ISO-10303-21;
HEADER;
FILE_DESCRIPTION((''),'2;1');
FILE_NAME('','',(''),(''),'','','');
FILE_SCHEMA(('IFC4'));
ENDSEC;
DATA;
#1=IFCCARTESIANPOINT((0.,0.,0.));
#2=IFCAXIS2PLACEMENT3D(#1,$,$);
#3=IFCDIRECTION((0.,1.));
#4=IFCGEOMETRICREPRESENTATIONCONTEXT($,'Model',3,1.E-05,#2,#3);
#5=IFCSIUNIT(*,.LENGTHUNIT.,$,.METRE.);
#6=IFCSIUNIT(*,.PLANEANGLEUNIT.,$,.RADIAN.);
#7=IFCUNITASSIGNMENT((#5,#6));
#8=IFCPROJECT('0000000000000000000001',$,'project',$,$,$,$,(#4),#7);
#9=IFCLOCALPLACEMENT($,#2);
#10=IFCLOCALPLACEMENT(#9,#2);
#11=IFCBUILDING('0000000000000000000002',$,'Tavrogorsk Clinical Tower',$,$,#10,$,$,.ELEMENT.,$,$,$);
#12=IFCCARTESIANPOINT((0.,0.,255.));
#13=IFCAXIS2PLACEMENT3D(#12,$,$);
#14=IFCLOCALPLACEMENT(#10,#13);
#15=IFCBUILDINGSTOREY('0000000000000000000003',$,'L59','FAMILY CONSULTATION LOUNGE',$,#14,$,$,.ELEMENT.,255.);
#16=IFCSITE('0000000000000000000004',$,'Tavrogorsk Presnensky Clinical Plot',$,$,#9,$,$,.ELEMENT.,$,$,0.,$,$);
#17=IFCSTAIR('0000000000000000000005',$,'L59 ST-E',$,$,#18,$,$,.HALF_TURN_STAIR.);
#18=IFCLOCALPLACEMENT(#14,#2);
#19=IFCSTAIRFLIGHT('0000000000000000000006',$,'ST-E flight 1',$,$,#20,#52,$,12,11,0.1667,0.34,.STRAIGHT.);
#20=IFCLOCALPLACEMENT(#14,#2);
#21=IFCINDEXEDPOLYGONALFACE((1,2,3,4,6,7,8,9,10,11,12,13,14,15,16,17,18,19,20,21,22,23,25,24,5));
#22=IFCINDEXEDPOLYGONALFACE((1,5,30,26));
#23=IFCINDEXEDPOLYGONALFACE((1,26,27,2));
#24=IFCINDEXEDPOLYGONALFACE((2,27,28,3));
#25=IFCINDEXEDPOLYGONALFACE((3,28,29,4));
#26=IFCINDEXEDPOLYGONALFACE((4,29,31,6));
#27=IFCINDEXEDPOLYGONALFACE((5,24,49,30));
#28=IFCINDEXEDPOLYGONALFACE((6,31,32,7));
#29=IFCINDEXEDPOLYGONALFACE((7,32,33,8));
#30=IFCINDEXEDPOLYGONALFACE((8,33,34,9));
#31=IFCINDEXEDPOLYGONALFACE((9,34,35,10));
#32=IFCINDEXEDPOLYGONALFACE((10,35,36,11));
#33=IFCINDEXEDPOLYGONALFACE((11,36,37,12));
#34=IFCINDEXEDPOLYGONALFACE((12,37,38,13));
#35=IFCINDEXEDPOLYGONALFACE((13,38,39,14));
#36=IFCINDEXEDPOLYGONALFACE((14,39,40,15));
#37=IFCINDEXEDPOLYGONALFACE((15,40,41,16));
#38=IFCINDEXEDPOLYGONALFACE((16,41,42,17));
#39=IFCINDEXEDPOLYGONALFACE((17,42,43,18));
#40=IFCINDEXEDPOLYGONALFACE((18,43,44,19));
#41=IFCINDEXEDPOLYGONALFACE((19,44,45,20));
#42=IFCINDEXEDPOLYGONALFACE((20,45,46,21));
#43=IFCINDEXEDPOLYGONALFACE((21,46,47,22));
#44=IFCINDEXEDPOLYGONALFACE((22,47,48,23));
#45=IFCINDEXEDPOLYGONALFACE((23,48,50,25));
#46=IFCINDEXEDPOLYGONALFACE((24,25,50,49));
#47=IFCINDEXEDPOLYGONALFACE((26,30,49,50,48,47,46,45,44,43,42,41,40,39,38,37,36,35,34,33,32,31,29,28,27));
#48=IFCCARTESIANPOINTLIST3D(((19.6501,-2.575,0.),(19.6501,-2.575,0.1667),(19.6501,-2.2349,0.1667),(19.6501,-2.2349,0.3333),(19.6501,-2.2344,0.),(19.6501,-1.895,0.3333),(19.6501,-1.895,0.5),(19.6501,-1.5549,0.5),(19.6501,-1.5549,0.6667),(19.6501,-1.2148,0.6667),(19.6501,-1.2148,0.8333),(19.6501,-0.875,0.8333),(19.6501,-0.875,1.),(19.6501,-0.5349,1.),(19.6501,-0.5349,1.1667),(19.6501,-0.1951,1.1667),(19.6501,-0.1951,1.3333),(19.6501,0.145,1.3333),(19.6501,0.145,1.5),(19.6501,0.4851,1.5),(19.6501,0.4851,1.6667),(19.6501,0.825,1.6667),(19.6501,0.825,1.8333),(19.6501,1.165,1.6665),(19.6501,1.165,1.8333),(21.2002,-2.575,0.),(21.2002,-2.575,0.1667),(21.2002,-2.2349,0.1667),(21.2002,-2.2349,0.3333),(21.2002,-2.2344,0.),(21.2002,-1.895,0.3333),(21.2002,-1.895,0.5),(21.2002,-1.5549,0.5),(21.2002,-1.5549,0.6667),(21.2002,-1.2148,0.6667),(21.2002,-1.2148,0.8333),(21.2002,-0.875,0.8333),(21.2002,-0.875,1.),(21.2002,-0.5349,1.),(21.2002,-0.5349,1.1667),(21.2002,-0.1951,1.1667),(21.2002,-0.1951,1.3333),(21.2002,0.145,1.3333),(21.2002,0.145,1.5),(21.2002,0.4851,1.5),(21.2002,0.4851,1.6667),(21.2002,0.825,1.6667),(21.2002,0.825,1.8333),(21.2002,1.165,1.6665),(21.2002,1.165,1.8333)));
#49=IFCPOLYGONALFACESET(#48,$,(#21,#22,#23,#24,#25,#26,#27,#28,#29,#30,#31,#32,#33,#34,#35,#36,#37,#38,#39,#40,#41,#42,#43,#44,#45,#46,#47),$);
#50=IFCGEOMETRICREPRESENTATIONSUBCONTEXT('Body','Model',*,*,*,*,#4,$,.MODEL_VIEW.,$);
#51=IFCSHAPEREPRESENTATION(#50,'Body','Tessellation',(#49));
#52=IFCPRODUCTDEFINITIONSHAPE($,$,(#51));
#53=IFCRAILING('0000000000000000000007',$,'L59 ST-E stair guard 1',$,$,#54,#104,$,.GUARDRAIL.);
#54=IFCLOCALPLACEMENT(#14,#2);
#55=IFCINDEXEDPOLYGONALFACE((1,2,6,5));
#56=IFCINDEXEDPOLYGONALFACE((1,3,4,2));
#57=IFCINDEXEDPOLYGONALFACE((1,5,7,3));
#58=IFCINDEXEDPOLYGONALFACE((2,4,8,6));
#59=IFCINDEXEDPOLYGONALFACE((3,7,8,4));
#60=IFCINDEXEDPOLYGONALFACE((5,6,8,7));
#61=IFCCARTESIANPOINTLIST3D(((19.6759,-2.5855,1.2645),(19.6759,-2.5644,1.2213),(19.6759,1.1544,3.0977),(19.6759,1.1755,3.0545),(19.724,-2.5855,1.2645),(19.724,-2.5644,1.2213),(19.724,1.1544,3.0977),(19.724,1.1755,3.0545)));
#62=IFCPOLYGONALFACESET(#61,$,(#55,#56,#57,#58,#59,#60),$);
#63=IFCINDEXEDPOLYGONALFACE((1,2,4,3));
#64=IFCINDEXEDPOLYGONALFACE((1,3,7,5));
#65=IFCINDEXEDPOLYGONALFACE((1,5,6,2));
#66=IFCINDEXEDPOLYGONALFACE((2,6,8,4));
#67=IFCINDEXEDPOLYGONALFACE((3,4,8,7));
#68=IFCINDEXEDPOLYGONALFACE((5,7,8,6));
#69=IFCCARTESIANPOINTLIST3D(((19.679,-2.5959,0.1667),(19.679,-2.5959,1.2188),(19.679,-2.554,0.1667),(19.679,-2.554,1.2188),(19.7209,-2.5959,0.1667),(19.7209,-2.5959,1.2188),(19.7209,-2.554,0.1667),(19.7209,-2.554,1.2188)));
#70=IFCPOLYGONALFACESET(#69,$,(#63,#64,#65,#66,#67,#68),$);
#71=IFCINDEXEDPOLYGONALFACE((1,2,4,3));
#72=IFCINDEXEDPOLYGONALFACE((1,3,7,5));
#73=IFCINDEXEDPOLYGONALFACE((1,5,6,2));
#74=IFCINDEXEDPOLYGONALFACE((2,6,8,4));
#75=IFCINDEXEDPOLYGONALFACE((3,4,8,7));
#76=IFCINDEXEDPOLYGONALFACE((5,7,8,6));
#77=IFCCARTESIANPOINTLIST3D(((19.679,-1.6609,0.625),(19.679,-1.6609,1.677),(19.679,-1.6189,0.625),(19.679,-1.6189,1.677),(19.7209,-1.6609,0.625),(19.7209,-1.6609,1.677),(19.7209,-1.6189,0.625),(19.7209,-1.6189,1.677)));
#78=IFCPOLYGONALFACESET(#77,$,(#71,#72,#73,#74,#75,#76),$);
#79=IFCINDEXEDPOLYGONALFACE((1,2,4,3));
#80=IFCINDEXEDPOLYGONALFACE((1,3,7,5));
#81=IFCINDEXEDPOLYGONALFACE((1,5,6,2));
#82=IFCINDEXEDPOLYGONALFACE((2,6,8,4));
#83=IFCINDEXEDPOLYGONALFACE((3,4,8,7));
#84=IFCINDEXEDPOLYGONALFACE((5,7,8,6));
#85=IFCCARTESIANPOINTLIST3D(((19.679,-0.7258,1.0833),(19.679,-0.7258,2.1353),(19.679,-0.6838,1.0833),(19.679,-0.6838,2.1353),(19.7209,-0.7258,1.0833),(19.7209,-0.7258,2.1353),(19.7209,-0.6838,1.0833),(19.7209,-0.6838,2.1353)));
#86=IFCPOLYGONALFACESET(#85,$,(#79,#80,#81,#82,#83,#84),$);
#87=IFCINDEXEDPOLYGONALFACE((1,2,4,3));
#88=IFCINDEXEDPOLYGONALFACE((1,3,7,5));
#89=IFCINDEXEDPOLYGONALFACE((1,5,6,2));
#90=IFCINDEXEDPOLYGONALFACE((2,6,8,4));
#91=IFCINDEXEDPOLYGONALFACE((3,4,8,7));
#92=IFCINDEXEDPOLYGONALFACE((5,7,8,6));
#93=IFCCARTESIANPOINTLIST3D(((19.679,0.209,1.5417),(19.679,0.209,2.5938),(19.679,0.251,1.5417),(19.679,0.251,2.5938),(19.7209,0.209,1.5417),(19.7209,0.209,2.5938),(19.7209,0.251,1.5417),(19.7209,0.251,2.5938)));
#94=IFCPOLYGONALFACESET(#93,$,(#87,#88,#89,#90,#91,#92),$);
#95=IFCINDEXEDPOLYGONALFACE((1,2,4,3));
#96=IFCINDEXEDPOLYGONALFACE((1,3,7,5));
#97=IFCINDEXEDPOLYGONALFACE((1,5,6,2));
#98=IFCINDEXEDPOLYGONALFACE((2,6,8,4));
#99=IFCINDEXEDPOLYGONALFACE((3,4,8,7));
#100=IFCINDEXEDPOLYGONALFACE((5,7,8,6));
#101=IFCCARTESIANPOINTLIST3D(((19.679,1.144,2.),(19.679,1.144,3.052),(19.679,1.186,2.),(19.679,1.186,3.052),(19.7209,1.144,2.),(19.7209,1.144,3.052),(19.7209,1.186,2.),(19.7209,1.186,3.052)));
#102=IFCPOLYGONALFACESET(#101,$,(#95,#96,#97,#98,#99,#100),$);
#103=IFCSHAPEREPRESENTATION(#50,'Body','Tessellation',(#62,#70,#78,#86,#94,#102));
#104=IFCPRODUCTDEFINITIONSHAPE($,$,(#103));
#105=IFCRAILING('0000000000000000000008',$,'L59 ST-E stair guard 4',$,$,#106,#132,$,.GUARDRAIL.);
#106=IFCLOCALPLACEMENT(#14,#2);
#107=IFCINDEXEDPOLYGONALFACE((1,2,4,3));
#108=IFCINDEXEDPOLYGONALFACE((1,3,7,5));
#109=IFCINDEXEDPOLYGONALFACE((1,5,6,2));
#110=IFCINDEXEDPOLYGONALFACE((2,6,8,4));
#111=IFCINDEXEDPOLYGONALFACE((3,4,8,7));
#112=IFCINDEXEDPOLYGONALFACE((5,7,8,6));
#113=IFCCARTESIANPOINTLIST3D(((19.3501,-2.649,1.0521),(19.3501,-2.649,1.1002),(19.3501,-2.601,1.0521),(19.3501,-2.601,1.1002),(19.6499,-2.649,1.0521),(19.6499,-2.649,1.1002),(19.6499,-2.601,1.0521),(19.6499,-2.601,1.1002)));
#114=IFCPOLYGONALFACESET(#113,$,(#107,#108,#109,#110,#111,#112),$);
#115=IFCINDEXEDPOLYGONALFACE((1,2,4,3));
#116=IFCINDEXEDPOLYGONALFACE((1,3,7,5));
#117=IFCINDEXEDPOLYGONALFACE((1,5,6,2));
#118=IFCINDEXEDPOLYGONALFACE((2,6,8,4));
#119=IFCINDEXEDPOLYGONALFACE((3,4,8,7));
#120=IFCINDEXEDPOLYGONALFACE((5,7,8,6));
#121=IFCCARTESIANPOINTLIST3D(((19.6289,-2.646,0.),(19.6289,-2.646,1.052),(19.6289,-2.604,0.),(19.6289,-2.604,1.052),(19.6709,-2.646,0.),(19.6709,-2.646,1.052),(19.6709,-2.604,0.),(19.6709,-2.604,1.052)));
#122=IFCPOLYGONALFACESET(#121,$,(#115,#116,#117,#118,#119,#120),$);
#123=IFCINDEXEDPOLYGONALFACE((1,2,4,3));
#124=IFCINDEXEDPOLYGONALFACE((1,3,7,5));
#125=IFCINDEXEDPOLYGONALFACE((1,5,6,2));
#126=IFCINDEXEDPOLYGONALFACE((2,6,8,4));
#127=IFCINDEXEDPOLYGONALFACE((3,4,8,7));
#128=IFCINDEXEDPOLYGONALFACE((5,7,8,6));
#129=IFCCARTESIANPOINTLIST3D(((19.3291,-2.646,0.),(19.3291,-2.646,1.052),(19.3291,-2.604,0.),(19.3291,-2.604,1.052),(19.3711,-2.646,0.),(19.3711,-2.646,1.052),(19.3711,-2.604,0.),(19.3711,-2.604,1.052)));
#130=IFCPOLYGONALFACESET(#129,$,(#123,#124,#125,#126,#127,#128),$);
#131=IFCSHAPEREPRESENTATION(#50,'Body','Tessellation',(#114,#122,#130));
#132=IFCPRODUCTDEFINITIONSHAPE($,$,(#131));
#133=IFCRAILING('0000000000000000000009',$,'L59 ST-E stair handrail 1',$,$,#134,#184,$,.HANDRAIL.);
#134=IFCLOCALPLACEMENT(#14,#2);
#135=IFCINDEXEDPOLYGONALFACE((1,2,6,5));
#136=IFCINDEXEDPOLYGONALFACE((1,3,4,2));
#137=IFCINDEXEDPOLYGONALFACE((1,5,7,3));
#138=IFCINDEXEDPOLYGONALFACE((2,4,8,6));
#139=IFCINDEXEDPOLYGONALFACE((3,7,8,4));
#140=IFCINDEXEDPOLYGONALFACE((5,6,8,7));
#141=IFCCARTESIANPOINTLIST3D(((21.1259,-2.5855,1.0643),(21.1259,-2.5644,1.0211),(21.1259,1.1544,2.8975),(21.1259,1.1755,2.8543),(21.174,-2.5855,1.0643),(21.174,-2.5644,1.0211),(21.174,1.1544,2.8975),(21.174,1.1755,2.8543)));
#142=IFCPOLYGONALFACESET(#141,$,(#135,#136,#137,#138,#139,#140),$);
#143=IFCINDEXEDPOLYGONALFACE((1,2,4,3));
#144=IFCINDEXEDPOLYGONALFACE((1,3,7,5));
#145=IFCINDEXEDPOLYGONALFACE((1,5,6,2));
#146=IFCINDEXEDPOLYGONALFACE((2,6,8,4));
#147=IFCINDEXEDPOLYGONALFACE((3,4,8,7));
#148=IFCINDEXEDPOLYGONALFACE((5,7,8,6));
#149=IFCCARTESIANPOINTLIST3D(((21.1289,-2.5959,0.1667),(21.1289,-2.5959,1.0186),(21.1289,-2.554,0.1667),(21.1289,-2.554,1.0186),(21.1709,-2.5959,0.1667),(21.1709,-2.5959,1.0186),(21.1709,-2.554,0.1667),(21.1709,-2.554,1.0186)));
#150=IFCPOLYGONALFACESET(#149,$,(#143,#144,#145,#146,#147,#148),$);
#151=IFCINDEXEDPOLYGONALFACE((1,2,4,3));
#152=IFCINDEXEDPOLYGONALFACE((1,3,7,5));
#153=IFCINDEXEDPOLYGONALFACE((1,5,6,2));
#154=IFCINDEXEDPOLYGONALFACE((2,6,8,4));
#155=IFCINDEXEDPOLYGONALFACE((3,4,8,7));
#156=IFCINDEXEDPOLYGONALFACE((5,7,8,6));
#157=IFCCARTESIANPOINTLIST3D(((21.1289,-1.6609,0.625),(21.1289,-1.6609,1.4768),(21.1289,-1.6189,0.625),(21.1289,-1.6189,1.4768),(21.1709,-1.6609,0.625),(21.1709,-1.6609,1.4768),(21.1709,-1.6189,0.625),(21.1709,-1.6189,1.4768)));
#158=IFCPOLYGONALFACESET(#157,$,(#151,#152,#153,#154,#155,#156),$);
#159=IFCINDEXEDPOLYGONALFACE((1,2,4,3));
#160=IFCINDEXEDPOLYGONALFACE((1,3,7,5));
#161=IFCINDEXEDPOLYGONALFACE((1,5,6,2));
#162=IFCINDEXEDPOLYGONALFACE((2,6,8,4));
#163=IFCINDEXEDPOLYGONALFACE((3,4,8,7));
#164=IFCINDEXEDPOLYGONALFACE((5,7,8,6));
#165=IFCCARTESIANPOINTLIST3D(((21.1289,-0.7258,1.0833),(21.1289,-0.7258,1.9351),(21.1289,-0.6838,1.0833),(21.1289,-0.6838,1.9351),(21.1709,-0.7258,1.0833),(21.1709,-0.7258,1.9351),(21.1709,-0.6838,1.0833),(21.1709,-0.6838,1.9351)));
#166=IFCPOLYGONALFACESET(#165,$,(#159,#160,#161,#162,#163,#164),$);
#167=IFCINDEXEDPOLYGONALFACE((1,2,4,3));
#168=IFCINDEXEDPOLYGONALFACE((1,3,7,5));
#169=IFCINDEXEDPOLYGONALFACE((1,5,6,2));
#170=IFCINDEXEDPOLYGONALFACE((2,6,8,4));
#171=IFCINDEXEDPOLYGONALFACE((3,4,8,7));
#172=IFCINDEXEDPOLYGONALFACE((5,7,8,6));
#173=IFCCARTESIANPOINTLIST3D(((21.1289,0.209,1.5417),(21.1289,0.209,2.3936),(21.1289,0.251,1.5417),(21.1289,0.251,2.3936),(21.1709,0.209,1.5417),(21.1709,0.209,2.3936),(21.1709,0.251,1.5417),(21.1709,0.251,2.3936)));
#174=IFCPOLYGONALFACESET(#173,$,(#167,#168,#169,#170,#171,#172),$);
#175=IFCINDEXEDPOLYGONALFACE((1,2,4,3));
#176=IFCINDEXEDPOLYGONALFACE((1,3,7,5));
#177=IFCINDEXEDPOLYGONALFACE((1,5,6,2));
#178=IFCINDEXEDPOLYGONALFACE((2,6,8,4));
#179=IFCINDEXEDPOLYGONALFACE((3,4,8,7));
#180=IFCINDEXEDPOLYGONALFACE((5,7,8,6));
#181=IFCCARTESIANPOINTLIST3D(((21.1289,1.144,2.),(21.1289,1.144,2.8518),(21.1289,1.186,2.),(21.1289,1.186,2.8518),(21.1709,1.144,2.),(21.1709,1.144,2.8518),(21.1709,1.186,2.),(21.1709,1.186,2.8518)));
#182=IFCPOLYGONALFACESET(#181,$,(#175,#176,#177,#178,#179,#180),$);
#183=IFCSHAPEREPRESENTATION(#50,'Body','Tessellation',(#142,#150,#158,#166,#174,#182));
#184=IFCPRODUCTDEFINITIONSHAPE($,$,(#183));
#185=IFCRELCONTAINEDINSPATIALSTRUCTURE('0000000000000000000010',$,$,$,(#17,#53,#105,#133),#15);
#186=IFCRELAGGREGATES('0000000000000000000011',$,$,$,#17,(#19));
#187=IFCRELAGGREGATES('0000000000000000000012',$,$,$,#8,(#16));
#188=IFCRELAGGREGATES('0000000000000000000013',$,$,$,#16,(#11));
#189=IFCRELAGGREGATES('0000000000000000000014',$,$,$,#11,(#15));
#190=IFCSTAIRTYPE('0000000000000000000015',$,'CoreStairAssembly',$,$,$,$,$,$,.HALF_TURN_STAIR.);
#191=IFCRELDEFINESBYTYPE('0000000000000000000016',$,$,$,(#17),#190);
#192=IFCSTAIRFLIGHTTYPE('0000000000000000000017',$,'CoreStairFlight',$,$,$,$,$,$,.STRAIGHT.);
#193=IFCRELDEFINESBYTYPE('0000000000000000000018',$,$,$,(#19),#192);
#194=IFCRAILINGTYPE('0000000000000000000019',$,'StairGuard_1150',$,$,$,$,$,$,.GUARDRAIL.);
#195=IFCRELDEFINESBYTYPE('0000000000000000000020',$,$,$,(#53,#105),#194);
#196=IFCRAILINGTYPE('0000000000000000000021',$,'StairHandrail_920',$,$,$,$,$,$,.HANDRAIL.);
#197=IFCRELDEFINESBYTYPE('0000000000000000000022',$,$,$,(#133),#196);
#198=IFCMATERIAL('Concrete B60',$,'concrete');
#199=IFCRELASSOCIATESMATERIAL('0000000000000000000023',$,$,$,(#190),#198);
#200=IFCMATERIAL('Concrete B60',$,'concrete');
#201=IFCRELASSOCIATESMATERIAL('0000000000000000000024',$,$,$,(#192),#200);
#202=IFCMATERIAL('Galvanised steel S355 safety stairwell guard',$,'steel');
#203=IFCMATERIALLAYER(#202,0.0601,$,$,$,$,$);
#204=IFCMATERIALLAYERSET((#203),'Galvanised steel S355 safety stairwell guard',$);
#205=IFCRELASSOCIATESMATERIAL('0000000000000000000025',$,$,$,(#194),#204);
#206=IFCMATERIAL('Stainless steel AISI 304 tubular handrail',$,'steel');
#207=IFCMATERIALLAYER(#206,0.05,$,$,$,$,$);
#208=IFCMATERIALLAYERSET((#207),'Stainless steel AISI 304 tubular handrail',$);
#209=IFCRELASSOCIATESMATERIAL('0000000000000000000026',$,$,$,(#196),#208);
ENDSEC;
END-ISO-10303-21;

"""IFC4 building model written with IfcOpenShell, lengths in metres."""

from ifc_helpers import new_model, si_unit, direction, frame, origin, origin_2d, place, context, subcontext, project, spatial, polyline, rectangle, outline, extrude, material, layer, layer_set, type_object, element, aggregate, save


model = new_model("IFC4")

# Units and contexts
model_context = context("Model", 3, precision=1e-05, world=origin(), true_north=direction((0.0, 1.0)))
body_context = subcontext(model_context, "Body", "Model", "MODEL_VIEW")
ifc_project = project(units=[si_unit("LENGTHUNIT", "METRE"), si_unit("PLANEANGLEUNIT", "RADIAN")], contexts=[model_context])

# Site, building, storey
site_placement = place(None, origin())
site = spatial("IfcSite", under=ifc_project, at=site_placement, Name="Tavrogorsk Presnensky Clinical Plot", CompositionType="ELEMENT", RefElevation=0.0)
building_placement = place(site_placement, origin())
building = spatial("IfcBuilding", under=site, at=building_placement, Name="Tavrogorsk Clinical Tower", CompositionType="ELEMENT")
storey_placement = place(building_placement, frame((0.0, 0.0, 255.0)))
storey = spatial("IfcBuildingStorey", under=building, at=storey_placement, Name="L59", Description="FAMILY CONSULTATION LOUNGE", CompositionType="ELEMENT", Elevation=255.0)

# Stair, stair flight
ifc_material_1 = material(Name="Concrete B60", Category="concrete")
stair_type = type_object("IfcStairType", Name="CoreStairAssembly", PredefinedType="HALF_TURN_STAIR", material=ifc_material_1)
stair_placement = place(storey_placement, origin())
stair = element("IfcStair", 1, at=stair_placement, inside=storey, type_object=stair_type, Name="L59 ST-E", PredefinedType="HALF_TURN_STAIR")
ifc_material_2 = material(Name="Concrete B60", Category="concrete")
stair_flight_type = type_object("IfcStairFlightType", Name="CoreStairFlight", PredefinedType="STRAIGHT", material=ifc_material_2)
stair_flight_placement = place(storey_placement, frame((20.425, -2.575, 0.0), z_axis=(0.0, 0.0, 1.0), x_axis=(0.0, 1.0, 0.0)))
stair_flight = element("IfcStairFlight", 2, at=stair_flight_placement, type_object=stair_flight_type, Name="ST-E flight 1", NumberOfRisers=12, NumberOfTreads=11, PredefinedType="STRAIGHT", RiserHeight=0.1667, TreadLength=0.34, context=body_context, shape_type="SweptSolid", body=[
    extrude(outline(polyline([(0.0, 0.0), (0.0, 0.1667), (0.3401, 0.1667), (0.3401, 0.3333), (0.6799, 0.3333), (0.6799, 0.5), (1.02, 0.5), (1.02, 0.6667), (1.3601, 0.6667), (1.3601, 0.8333), (1.7, 0.8333), (1.7, 1.0), (2.04, 1.0), (2.04, 1.1667), (2.3799, 1.1667), (2.3799, 1.3333), (2.72, 1.3333), (2.72, 1.5), (3.0601, 1.5), (3.0601, 1.6667), (3.3999, 1.6667), (3.3999, 1.8333), (3.74, 1.8333), (3.74, 2.0), (3.74, 1.6665), (0.3406, 0.0), (0.0, 0.0)])), frame((0.0, 0.7749, 0.0), z_axis=(0.0, -1.0, 0.0), x_axis=(1.0, 0.0, 0.0)), (0.0, 0.0, 1.0), 1.55),
])
aggregate(stair, [stair_flight])

# Railings
ifc_material_3 = material(Name="Galvanised steel S355 safety stairwell guard", Category="steel")
ifc_layer_1 = layer(ifc_material_3, 0.0601)
ifc_layer_set_1 = layer_set([ifc_layer_1], Name="Galvanised steel S355 safety stairwell guard")
railing_type_1 = type_object("IfcRailingType", Name="StairGuard_1150", PredefinedType="GUARDRAIL", material=ifc_layer_set_1)
railing_1_placement = place(storey_placement, frame((19.7, -2.575, 0.1667)))
element("IfcRailing", 3, at=railing_1_placement, inside=storey, type_object=railing_type_1, Name="L59 ST-E stair guard 1", PredefinedType="GUARDRAIL", context=body_context, shape_type="SweptSolid", body=[
    extrude(rectangle(XDim=0.0481, YDim=0.0481, at=origin_2d()), frame((0.0, 0.0, 1.0762), z_axis=(0.0, 0.897928, 0.440142), x_axis=(-1.0, 0.0, 0.0)), (0.0, 0.0, 1.0), 4.165),
    extrude(rectangle(XDim=0.042, YDim=0.042, at=origin_2d()), origin(), (0.0, 0.0, 1.0), 1.052),
    extrude(rectangle(XDim=0.042, YDim=0.042, at=origin_2d()), frame((0.0, 0.9351, 0.4583)), (0.0, 0.0, 1.0), 1.052),
    extrude(rectangle(XDim=0.042, YDim=0.042, at=origin_2d()), frame((0.0, 1.8701, 0.9165)), (0.0, 0.0, 1.0), 1.052),
    extrude(rectangle(XDim=0.042, YDim=0.042, at=origin_2d()), frame((0.0, 2.8049, 1.375)), (0.0, 0.0, 1.0), 1.052),
    extrude(rectangle(XDim=0.042, YDim=0.042, at=origin_2d()), frame((0.0, 3.74, 1.8333)), (0.0, 0.0, 1.0), 1.052),
])
railing_2_placement = place(storey_placement, frame((19.6499, -2.625, 0.0)))
element("IfcRailing", 4, at=railing_2_placement, inside=storey, type_object=railing_type_1, Name="L59 ST-E stair guard 4", PredefinedType="GUARDRAIL", context=body_context, shape_type="SweptSolid", body=[
    extrude(rectangle(XDim=0.0481, YDim=0.0481, at=origin_2d()), frame((0.0, 0.0, 1.0762), z_axis=(-1.0, 0.0, 0.0), x_axis=(0.0, -1.0, 0.0)), (0.0, 0.0, 1.0), 0.2998),
    extrude(rectangle(XDim=0.042, YDim=0.042, at=origin_2d()), origin(), (0.0, 0.0, 1.0), 1.052),
    extrude(rectangle(XDim=0.042, YDim=0.042, at=origin_2d()), frame((-0.2998, 0.0, 0.0)), (0.0, 0.0, 1.0), 1.052),
])
ifc_material_4 = material(Name="Stainless steel AISI 304 tubular handrail", Category="steel")
ifc_layer_2 = layer(ifc_material_4, 0.05)
ifc_layer_set_2 = layer_set([ifc_layer_2], Name="Stainless steel AISI 304 tubular handrail")
railing_type_2 = type_object("IfcRailingType", Name="StairHandrail_920", PredefinedType="HANDRAIL", material=ifc_layer_set_2)
railing_3_placement = place(storey_placement, frame((21.1499, -2.575, 0.1667)))
element("IfcRailing", 5, at=railing_3_placement, inside=storey, type_object=railing_type_2, Name="L59 ST-E stair handrail 1", PredefinedType="HANDRAIL", context=body_context, shape_type="SweptSolid", body=[
    extrude(rectangle(XDim=0.0481, YDim=0.0481, at=origin_2d()), frame((0.0, 0.0, 0.876), z_axis=(0.0, 0.897928, 0.440142), x_axis=(-1.0, 0.0, 0.0)), (0.0, 0.0, 1.0), 4.165),
    extrude(rectangle(XDim=0.042, YDim=0.042, at=origin_2d()), origin(), (0.0, 0.0, 1.0), 0.8518),
    extrude(rectangle(XDim=0.042, YDim=0.042, at=origin_2d()), frame((0.0, 0.9351, 0.4583)), (0.0, 0.0, 1.0), 0.8518),
    extrude(rectangle(XDim=0.042, YDim=0.042, at=origin_2d()), frame((0.0, 1.8701, 0.9165)), (0.0, 0.0, 1.0), 0.8518),
    extrude(rectangle(XDim=0.042, YDim=0.042, at=origin_2d()), frame((0.0, 2.8049, 1.375)), (0.0, 0.0, 1.0), 0.8518),
    extrude(rectangle(XDim=0.042, YDim=0.042, at=origin_2d()), frame((0.0, 3.74, 1.8333)), (0.0, 0.0, 1.0), 0.8518),
])

save(model, "model.ifc")
